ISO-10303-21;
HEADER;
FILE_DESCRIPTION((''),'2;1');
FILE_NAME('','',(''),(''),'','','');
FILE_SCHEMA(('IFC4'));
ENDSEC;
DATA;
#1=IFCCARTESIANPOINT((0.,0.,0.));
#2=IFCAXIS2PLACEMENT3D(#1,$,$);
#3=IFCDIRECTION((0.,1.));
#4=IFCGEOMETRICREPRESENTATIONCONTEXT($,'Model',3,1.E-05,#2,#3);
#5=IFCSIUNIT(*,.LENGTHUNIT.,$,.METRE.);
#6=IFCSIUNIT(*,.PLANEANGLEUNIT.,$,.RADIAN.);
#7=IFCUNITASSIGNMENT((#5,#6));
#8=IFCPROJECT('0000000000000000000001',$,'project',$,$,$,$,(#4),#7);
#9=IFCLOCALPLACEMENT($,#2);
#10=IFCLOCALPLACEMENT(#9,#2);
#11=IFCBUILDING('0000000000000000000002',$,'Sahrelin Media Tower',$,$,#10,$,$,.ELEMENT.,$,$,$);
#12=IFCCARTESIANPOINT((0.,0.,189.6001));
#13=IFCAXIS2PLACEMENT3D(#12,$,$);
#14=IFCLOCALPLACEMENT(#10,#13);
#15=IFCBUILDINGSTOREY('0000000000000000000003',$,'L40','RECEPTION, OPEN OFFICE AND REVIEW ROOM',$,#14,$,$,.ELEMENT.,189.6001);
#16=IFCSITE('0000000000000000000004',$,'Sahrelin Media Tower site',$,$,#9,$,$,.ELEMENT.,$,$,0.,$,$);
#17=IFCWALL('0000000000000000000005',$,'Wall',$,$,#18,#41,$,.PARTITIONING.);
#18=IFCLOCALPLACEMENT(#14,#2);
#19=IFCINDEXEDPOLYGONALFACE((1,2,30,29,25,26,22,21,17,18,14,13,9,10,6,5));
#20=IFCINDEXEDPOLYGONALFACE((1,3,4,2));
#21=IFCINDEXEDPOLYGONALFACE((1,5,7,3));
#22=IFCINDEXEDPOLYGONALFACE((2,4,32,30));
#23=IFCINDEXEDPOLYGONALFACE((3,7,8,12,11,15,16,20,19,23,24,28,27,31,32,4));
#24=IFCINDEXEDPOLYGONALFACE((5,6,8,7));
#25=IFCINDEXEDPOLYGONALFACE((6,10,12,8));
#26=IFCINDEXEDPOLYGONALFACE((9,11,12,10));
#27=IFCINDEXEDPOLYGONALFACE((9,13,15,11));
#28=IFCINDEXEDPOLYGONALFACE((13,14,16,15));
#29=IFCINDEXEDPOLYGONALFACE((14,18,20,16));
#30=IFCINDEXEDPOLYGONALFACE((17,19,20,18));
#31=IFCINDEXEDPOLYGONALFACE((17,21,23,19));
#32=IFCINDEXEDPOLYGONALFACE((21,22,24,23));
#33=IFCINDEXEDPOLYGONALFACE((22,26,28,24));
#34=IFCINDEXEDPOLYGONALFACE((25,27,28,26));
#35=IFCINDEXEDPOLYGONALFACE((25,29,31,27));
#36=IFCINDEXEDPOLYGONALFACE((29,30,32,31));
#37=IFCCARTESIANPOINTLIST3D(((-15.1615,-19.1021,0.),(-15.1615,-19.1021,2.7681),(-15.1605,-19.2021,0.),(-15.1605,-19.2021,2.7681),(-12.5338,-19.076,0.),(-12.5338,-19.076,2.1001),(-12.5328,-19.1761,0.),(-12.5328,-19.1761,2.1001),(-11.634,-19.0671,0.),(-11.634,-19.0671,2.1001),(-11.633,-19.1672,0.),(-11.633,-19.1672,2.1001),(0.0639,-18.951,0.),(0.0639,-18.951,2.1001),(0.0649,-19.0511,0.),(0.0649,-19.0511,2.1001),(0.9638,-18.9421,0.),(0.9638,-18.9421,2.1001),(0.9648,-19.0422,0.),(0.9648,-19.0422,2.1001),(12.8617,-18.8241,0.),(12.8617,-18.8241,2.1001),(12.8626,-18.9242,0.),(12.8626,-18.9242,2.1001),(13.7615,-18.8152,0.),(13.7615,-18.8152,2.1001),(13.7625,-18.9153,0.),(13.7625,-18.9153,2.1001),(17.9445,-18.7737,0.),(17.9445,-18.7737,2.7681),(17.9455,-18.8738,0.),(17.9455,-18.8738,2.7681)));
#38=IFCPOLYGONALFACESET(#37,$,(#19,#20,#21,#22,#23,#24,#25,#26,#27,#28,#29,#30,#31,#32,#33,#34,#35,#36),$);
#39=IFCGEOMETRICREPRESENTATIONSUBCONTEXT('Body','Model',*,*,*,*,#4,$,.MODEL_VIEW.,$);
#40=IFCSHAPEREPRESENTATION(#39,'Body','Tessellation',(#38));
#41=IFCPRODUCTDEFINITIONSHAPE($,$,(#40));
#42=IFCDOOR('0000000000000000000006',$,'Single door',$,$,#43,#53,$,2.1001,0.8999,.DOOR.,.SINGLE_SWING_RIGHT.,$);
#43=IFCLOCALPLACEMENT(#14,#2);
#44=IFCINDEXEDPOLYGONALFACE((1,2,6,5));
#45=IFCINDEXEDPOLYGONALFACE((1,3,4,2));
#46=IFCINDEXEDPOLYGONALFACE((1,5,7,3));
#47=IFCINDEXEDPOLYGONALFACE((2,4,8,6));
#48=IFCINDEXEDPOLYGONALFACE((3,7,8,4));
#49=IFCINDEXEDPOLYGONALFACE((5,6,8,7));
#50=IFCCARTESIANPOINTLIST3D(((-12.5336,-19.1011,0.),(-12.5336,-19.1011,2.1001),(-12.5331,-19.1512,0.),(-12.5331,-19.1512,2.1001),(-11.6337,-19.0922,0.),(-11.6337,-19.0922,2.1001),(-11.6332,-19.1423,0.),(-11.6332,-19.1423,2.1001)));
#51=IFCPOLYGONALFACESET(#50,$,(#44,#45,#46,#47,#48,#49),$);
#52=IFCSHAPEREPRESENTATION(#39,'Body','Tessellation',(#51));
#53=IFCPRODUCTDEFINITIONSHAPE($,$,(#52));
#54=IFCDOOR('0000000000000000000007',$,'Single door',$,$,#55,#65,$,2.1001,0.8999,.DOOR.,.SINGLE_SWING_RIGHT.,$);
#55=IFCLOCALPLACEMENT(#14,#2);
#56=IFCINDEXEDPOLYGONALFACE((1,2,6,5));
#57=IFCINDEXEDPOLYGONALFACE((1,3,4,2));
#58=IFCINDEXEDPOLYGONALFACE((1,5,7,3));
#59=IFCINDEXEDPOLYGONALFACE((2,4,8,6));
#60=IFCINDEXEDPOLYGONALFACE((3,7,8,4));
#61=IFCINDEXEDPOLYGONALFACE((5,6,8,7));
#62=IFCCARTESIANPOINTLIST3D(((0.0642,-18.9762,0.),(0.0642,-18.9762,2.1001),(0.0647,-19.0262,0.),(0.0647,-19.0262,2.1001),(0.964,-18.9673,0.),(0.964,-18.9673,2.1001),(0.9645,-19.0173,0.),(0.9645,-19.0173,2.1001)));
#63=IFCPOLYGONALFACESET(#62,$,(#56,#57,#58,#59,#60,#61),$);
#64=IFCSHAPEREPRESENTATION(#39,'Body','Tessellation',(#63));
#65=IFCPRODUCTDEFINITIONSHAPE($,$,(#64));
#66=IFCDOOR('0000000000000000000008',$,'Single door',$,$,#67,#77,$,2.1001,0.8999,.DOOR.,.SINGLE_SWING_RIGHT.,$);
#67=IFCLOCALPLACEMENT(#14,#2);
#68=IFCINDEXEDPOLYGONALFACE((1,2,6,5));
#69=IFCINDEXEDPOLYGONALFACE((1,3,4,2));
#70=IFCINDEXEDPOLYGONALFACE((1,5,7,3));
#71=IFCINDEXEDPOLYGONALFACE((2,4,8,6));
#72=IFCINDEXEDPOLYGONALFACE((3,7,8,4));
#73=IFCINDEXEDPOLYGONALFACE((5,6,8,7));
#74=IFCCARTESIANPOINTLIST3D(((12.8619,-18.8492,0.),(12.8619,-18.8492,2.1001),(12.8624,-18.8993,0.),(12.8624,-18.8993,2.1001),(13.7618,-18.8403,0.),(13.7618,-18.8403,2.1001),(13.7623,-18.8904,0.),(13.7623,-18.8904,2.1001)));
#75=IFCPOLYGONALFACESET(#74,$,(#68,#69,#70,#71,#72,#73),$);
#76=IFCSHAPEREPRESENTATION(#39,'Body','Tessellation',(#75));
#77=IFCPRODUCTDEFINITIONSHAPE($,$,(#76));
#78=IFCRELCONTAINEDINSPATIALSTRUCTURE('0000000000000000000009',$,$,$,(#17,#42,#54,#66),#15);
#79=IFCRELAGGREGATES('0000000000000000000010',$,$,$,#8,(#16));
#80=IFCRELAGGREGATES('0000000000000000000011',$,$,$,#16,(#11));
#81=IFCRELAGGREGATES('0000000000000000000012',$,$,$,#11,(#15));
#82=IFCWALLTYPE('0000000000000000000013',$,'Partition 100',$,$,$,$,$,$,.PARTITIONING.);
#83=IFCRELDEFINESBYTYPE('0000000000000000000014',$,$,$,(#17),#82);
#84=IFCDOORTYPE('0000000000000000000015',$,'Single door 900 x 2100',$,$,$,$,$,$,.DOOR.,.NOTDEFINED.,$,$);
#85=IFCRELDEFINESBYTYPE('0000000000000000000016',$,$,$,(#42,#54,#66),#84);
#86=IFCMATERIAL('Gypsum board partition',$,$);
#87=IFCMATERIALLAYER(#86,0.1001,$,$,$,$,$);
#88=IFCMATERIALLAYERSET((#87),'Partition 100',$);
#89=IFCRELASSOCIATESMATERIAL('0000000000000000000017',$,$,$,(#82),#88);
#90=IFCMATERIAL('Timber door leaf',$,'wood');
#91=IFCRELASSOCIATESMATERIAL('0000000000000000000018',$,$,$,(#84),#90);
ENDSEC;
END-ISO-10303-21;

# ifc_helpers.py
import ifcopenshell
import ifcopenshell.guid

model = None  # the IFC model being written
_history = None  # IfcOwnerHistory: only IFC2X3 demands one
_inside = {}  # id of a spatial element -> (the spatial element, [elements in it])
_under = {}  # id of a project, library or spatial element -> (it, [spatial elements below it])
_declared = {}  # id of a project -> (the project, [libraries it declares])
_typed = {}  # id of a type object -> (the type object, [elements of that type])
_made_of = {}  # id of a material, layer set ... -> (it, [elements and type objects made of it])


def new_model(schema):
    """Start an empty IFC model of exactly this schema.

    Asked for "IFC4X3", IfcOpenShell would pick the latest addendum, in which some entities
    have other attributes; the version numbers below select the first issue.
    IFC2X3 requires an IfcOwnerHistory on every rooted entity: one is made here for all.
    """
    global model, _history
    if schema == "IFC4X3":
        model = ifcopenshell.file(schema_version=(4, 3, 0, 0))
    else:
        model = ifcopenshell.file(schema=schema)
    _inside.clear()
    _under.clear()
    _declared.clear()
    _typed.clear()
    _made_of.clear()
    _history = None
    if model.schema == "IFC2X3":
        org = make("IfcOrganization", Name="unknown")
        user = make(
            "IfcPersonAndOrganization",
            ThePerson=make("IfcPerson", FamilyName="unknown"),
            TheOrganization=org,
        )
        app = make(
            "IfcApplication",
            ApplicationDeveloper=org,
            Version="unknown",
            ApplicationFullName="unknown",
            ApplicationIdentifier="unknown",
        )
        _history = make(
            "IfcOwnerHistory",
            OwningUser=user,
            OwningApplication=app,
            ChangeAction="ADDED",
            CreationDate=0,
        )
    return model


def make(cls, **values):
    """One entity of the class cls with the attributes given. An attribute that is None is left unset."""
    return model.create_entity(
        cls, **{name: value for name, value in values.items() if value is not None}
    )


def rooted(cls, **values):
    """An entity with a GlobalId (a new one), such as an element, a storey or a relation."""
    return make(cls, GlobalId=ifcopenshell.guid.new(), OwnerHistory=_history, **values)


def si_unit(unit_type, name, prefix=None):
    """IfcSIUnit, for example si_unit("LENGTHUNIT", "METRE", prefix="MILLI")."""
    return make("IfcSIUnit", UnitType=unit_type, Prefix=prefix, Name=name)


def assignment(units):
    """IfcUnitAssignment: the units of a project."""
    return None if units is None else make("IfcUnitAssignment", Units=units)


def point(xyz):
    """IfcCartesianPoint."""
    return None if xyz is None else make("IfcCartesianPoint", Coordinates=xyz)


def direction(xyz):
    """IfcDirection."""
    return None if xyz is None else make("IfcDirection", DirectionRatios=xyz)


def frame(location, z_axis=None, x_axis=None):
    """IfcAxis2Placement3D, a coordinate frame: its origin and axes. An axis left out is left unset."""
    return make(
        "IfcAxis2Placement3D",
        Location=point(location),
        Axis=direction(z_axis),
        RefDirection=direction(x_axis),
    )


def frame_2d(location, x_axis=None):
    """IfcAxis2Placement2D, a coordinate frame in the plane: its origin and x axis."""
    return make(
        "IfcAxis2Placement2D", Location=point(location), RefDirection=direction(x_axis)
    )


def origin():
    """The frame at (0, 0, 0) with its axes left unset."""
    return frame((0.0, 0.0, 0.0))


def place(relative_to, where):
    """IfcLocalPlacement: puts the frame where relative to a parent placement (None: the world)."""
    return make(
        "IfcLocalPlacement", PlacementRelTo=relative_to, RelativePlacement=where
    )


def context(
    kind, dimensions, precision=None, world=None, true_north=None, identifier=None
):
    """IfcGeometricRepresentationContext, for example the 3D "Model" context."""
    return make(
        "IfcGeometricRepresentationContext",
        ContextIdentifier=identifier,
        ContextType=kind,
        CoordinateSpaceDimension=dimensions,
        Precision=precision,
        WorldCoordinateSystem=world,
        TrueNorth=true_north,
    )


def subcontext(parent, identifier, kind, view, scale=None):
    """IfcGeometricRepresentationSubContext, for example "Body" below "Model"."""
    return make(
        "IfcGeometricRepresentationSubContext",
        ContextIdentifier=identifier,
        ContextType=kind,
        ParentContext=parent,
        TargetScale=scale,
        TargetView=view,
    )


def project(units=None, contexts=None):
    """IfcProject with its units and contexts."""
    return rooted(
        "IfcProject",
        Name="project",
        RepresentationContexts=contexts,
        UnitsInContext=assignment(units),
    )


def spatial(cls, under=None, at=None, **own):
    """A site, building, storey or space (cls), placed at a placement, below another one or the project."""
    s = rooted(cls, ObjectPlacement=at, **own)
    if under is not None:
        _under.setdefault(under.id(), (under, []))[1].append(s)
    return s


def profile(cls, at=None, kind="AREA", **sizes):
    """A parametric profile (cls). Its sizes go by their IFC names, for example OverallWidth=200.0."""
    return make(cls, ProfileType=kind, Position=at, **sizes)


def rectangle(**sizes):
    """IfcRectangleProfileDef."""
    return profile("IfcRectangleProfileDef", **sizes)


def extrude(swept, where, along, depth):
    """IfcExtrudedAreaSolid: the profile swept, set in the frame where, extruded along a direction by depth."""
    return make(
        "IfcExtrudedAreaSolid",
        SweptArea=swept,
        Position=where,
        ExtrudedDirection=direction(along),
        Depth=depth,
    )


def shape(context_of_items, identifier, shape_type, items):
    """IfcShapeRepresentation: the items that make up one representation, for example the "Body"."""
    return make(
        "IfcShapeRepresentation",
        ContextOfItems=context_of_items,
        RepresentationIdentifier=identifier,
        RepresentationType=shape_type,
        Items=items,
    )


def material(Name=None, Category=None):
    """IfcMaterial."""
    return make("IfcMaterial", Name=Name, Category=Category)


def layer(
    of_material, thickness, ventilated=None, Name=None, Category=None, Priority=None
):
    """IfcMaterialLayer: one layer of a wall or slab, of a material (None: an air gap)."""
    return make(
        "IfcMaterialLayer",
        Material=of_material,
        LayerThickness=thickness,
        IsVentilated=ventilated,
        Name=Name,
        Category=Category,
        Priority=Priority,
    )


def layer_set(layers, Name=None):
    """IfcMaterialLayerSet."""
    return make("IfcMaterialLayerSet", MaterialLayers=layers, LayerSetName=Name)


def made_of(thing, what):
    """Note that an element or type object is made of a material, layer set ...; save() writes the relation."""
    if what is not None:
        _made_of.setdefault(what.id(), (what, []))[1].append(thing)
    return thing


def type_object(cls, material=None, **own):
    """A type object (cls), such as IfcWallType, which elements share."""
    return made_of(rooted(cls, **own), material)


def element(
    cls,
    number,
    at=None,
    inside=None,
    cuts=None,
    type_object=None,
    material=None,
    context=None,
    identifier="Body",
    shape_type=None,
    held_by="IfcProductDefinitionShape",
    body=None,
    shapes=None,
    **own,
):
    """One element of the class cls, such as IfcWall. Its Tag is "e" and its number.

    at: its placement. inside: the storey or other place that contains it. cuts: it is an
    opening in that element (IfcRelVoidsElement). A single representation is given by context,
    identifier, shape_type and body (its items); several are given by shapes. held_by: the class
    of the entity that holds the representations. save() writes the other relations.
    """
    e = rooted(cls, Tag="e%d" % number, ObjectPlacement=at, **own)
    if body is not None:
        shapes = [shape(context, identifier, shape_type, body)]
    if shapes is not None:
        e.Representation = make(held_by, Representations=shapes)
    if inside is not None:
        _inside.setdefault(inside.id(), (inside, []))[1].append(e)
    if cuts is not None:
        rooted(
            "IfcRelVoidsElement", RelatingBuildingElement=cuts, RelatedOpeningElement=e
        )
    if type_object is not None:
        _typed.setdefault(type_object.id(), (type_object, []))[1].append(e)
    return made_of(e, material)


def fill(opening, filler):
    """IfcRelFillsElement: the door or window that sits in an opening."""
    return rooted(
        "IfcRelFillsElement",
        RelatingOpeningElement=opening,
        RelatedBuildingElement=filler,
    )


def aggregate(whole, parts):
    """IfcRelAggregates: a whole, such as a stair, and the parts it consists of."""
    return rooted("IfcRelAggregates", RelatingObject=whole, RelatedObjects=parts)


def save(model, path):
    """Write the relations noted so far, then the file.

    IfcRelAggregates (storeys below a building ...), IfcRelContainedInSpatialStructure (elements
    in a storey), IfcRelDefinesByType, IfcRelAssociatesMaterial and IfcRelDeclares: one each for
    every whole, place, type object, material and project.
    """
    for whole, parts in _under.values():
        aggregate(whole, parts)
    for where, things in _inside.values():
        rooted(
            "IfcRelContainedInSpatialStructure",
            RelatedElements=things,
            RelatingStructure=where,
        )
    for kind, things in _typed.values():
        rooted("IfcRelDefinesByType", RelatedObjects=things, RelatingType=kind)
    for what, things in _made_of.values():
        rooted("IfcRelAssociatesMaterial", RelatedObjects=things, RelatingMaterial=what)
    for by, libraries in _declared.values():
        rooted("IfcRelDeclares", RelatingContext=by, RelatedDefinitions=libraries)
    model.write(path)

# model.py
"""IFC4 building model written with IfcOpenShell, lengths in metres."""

from ifc_helpers import new_model, si_unit, direction, frame, frame_2d, origin, place, context, subcontext, project, spatial, rectangle, extrude, material, layer, layer_set, type_object, element, fill, save


model = new_model("IFC4")

# Units and contexts
model_context = context("Model", 3, precision=1e-05, world=origin(), true_north=direction((0.0, 1.0)))
body_context = subcontext(model_context, "Body", "Model", "MODEL_VIEW")
ifc_project = project(units=[si_unit("LENGTHUNIT", "METRE"), si_unit("PLANEANGLEUNIT", "RADIAN")], contexts=[model_context])

# Site, building, storey
site_placement = place(None, origin())
site = spatial("IfcSite", under=ifc_project, at=site_placement, Name="Sahrelin Media Tower site", CompositionType="ELEMENT", RefElevation=0.0)
building_placement = place(site_placement, origin())
building = spatial("IfcBuilding", under=site, at=building_placement, Name="Sahrelin Media Tower", CompositionType="ELEMENT")
storey_placement = place(building_placement, frame((0.0, 0.0, 189.6001)))
storey = spatial("IfcBuildingStorey", under=building, at=storey_placement, Name="L40", Description="RECEPTION, OPEN OFFICE AND REVIEW ROOM", CompositionType="ELEMENT", Elevation=189.6001)

# Wall, openings, doors
ifc_material_1 = material(Name="Gypsum board partition")
ifc_layer_1 = layer(ifc_material_1, 0.1001)
ifc_layer_set_1 = layer_set([ifc_layer_1], Name="Partition 100")
wall_type_1 = type_object("IfcWallType", Name="Partition 100", PredefinedType="PARTITIONING", material=ifc_layer_set_1)
wall_1_placement = place(storey_placement, frame((-15.1609, -19.1521, 0.0), z_axis=(0.0, 0.0, 1.0), x_axis=(0.999951, 0.009918, 0.0)))
wall_1 = element("IfcWall", 1, at=wall_1_placement, inside=storey, type_object=wall_type_1, Name="Wall", PredefinedType="PARTITIONING", context=body_context, shape_type="SweptSolid", body=[
    extrude(rectangle(XDim=33.1077, YDim=0.1001, at=frame_2d((16.5537, 0.0))), origin(), (0.0, 0.0, 1.0), 2.7681),
])
opening_1_placement = place(wall_1_placement, frame((2.6277, 0.0, 0.0)))
opening_1 = element("IfcOpeningElement", 2, at=opening_1_placement, cuts=wall_1, PredefinedType="OPENING", context=body_context, shape_type="SweptSolid", body=[
    extrude(rectangle(XDim=0.8999, YDim=2.1001, at=frame_2d((0.45, 1.05))), frame((0.0, 0.05, 0.0), z_axis=(0.0, -1.0, 0.0), x_axis=(1.0, 0.0, 0.0)), (0.0, 0.0, 1.0), 0.1001),
])
opening_2_placement = place(wall_1_placement, frame((15.2261, 0.0, 0.0)))
opening_2 = element("IfcOpeningElement", 3, at=opening_2_placement, cuts=wall_1, PredefinedType="OPENING", context=body_context, shape_type="SweptSolid", body=[
    extrude(rectangle(XDim=0.8999, YDim=2.1001, at=frame_2d((0.45, 1.05))), frame((0.0, 0.05, 0.0), z_axis=(0.0, -1.0, 0.0), x_axis=(1.0, 0.0, 0.0)), (0.0, 0.0, 1.0), 0.1001),
])
opening_3_placement = place(wall_1_placement, frame((28.0244, 0.0, 0.0)))
opening_3 = element("IfcOpeningElement", 4, at=opening_3_placement, cuts=wall_1, PredefinedType="OPENING", context=body_context, shape_type="SweptSolid", body=[
    extrude(rectangle(XDim=0.8999, YDim=2.1001, at=frame_2d((0.45, 1.05))), frame((0.0, 0.05, 0.0), z_axis=(0.0, -1.0, 0.0), x_axis=(1.0, 0.0, 0.0)), (0.0, 0.0, 1.0), 0.1001),
])
ifc_material_2 = material(Name="Timber door leaf", Category="wood")
door_type_1 = type_object("IfcDoorType", Name="Single door 900 x 2100", OperationType="NOTDEFINED", PredefinedType="DOOR", material=ifc_material_2)
door_1_placement = place(opening_1_placement, origin())
door_1 = element("IfcDoor", 5, at=door_1_placement, inside=storey, type_object=door_type_1, Name="Single door", OperationType="SINGLE_SWING_RIGHT", OverallHeight=2.1001, OverallWidth=0.8999, PredefinedType="DOOR", context=body_context, shape_type="SweptSolid", body=[
    extrude(rectangle(XDim=0.8999, YDim=2.1001, at=frame_2d((0.45, 1.05))), frame((0.0, 0.0249, 0.0), z_axis=(0.0, -1.0, 0.0), x_axis=(1.0, 0.0, 0.0)), (0.0, 0.0, 1.0), 0.05),
])
fill(opening_1, door_1)
door_2_placement = place(opening_2_placement, origin())
door_2 = element("IfcDoor", 6, at=door_2_placement, inside=storey, type_object=door_type_1, Name="Single door", OperationType="SINGLE_SWING_RIGHT", OverallHeight=2.1001, OverallWidth=0.8999, PredefinedType="DOOR", context=body_context, shape_type="SweptSolid", body=[
    extrude(rectangle(XDim=0.8999, YDim=2.1001, at=frame_2d((0.45, 1.05))), frame((0.0, 0.0249, 0.0), z_axis=(0.0, -1.0, 0.0), x_axis=(1.0, 0.0, 0.0)), (0.0, 0.0, 1.0), 0.05),
])
fill(opening_2, door_2)
door_3_placement = place(opening_3_placement, origin())
door_3 = element("IfcDoor", 7, at=door_3_placement, inside=storey, type_object=door_type_1, Name="Single door", OperationType="SINGLE_SWING_RIGHT", OverallHeight=2.1001, OverallWidth=0.8999, PredefinedType="DOOR", context=body_context, shape_type="SweptSolid", body=[
    extrude(rectangle(XDim=0.8999, YDim=2.1001, at=frame_2d((0.45, 1.05))), frame((0.0, 0.0249, 0.0), z_axis=(0.0, -1.0, 0.0), x_axis=(1.0, 0.0, 0.0)), (0.0, 0.0, 1.0), 0.05),
])
fill(opening_3, door_3)

save(model, "model.ifc")
